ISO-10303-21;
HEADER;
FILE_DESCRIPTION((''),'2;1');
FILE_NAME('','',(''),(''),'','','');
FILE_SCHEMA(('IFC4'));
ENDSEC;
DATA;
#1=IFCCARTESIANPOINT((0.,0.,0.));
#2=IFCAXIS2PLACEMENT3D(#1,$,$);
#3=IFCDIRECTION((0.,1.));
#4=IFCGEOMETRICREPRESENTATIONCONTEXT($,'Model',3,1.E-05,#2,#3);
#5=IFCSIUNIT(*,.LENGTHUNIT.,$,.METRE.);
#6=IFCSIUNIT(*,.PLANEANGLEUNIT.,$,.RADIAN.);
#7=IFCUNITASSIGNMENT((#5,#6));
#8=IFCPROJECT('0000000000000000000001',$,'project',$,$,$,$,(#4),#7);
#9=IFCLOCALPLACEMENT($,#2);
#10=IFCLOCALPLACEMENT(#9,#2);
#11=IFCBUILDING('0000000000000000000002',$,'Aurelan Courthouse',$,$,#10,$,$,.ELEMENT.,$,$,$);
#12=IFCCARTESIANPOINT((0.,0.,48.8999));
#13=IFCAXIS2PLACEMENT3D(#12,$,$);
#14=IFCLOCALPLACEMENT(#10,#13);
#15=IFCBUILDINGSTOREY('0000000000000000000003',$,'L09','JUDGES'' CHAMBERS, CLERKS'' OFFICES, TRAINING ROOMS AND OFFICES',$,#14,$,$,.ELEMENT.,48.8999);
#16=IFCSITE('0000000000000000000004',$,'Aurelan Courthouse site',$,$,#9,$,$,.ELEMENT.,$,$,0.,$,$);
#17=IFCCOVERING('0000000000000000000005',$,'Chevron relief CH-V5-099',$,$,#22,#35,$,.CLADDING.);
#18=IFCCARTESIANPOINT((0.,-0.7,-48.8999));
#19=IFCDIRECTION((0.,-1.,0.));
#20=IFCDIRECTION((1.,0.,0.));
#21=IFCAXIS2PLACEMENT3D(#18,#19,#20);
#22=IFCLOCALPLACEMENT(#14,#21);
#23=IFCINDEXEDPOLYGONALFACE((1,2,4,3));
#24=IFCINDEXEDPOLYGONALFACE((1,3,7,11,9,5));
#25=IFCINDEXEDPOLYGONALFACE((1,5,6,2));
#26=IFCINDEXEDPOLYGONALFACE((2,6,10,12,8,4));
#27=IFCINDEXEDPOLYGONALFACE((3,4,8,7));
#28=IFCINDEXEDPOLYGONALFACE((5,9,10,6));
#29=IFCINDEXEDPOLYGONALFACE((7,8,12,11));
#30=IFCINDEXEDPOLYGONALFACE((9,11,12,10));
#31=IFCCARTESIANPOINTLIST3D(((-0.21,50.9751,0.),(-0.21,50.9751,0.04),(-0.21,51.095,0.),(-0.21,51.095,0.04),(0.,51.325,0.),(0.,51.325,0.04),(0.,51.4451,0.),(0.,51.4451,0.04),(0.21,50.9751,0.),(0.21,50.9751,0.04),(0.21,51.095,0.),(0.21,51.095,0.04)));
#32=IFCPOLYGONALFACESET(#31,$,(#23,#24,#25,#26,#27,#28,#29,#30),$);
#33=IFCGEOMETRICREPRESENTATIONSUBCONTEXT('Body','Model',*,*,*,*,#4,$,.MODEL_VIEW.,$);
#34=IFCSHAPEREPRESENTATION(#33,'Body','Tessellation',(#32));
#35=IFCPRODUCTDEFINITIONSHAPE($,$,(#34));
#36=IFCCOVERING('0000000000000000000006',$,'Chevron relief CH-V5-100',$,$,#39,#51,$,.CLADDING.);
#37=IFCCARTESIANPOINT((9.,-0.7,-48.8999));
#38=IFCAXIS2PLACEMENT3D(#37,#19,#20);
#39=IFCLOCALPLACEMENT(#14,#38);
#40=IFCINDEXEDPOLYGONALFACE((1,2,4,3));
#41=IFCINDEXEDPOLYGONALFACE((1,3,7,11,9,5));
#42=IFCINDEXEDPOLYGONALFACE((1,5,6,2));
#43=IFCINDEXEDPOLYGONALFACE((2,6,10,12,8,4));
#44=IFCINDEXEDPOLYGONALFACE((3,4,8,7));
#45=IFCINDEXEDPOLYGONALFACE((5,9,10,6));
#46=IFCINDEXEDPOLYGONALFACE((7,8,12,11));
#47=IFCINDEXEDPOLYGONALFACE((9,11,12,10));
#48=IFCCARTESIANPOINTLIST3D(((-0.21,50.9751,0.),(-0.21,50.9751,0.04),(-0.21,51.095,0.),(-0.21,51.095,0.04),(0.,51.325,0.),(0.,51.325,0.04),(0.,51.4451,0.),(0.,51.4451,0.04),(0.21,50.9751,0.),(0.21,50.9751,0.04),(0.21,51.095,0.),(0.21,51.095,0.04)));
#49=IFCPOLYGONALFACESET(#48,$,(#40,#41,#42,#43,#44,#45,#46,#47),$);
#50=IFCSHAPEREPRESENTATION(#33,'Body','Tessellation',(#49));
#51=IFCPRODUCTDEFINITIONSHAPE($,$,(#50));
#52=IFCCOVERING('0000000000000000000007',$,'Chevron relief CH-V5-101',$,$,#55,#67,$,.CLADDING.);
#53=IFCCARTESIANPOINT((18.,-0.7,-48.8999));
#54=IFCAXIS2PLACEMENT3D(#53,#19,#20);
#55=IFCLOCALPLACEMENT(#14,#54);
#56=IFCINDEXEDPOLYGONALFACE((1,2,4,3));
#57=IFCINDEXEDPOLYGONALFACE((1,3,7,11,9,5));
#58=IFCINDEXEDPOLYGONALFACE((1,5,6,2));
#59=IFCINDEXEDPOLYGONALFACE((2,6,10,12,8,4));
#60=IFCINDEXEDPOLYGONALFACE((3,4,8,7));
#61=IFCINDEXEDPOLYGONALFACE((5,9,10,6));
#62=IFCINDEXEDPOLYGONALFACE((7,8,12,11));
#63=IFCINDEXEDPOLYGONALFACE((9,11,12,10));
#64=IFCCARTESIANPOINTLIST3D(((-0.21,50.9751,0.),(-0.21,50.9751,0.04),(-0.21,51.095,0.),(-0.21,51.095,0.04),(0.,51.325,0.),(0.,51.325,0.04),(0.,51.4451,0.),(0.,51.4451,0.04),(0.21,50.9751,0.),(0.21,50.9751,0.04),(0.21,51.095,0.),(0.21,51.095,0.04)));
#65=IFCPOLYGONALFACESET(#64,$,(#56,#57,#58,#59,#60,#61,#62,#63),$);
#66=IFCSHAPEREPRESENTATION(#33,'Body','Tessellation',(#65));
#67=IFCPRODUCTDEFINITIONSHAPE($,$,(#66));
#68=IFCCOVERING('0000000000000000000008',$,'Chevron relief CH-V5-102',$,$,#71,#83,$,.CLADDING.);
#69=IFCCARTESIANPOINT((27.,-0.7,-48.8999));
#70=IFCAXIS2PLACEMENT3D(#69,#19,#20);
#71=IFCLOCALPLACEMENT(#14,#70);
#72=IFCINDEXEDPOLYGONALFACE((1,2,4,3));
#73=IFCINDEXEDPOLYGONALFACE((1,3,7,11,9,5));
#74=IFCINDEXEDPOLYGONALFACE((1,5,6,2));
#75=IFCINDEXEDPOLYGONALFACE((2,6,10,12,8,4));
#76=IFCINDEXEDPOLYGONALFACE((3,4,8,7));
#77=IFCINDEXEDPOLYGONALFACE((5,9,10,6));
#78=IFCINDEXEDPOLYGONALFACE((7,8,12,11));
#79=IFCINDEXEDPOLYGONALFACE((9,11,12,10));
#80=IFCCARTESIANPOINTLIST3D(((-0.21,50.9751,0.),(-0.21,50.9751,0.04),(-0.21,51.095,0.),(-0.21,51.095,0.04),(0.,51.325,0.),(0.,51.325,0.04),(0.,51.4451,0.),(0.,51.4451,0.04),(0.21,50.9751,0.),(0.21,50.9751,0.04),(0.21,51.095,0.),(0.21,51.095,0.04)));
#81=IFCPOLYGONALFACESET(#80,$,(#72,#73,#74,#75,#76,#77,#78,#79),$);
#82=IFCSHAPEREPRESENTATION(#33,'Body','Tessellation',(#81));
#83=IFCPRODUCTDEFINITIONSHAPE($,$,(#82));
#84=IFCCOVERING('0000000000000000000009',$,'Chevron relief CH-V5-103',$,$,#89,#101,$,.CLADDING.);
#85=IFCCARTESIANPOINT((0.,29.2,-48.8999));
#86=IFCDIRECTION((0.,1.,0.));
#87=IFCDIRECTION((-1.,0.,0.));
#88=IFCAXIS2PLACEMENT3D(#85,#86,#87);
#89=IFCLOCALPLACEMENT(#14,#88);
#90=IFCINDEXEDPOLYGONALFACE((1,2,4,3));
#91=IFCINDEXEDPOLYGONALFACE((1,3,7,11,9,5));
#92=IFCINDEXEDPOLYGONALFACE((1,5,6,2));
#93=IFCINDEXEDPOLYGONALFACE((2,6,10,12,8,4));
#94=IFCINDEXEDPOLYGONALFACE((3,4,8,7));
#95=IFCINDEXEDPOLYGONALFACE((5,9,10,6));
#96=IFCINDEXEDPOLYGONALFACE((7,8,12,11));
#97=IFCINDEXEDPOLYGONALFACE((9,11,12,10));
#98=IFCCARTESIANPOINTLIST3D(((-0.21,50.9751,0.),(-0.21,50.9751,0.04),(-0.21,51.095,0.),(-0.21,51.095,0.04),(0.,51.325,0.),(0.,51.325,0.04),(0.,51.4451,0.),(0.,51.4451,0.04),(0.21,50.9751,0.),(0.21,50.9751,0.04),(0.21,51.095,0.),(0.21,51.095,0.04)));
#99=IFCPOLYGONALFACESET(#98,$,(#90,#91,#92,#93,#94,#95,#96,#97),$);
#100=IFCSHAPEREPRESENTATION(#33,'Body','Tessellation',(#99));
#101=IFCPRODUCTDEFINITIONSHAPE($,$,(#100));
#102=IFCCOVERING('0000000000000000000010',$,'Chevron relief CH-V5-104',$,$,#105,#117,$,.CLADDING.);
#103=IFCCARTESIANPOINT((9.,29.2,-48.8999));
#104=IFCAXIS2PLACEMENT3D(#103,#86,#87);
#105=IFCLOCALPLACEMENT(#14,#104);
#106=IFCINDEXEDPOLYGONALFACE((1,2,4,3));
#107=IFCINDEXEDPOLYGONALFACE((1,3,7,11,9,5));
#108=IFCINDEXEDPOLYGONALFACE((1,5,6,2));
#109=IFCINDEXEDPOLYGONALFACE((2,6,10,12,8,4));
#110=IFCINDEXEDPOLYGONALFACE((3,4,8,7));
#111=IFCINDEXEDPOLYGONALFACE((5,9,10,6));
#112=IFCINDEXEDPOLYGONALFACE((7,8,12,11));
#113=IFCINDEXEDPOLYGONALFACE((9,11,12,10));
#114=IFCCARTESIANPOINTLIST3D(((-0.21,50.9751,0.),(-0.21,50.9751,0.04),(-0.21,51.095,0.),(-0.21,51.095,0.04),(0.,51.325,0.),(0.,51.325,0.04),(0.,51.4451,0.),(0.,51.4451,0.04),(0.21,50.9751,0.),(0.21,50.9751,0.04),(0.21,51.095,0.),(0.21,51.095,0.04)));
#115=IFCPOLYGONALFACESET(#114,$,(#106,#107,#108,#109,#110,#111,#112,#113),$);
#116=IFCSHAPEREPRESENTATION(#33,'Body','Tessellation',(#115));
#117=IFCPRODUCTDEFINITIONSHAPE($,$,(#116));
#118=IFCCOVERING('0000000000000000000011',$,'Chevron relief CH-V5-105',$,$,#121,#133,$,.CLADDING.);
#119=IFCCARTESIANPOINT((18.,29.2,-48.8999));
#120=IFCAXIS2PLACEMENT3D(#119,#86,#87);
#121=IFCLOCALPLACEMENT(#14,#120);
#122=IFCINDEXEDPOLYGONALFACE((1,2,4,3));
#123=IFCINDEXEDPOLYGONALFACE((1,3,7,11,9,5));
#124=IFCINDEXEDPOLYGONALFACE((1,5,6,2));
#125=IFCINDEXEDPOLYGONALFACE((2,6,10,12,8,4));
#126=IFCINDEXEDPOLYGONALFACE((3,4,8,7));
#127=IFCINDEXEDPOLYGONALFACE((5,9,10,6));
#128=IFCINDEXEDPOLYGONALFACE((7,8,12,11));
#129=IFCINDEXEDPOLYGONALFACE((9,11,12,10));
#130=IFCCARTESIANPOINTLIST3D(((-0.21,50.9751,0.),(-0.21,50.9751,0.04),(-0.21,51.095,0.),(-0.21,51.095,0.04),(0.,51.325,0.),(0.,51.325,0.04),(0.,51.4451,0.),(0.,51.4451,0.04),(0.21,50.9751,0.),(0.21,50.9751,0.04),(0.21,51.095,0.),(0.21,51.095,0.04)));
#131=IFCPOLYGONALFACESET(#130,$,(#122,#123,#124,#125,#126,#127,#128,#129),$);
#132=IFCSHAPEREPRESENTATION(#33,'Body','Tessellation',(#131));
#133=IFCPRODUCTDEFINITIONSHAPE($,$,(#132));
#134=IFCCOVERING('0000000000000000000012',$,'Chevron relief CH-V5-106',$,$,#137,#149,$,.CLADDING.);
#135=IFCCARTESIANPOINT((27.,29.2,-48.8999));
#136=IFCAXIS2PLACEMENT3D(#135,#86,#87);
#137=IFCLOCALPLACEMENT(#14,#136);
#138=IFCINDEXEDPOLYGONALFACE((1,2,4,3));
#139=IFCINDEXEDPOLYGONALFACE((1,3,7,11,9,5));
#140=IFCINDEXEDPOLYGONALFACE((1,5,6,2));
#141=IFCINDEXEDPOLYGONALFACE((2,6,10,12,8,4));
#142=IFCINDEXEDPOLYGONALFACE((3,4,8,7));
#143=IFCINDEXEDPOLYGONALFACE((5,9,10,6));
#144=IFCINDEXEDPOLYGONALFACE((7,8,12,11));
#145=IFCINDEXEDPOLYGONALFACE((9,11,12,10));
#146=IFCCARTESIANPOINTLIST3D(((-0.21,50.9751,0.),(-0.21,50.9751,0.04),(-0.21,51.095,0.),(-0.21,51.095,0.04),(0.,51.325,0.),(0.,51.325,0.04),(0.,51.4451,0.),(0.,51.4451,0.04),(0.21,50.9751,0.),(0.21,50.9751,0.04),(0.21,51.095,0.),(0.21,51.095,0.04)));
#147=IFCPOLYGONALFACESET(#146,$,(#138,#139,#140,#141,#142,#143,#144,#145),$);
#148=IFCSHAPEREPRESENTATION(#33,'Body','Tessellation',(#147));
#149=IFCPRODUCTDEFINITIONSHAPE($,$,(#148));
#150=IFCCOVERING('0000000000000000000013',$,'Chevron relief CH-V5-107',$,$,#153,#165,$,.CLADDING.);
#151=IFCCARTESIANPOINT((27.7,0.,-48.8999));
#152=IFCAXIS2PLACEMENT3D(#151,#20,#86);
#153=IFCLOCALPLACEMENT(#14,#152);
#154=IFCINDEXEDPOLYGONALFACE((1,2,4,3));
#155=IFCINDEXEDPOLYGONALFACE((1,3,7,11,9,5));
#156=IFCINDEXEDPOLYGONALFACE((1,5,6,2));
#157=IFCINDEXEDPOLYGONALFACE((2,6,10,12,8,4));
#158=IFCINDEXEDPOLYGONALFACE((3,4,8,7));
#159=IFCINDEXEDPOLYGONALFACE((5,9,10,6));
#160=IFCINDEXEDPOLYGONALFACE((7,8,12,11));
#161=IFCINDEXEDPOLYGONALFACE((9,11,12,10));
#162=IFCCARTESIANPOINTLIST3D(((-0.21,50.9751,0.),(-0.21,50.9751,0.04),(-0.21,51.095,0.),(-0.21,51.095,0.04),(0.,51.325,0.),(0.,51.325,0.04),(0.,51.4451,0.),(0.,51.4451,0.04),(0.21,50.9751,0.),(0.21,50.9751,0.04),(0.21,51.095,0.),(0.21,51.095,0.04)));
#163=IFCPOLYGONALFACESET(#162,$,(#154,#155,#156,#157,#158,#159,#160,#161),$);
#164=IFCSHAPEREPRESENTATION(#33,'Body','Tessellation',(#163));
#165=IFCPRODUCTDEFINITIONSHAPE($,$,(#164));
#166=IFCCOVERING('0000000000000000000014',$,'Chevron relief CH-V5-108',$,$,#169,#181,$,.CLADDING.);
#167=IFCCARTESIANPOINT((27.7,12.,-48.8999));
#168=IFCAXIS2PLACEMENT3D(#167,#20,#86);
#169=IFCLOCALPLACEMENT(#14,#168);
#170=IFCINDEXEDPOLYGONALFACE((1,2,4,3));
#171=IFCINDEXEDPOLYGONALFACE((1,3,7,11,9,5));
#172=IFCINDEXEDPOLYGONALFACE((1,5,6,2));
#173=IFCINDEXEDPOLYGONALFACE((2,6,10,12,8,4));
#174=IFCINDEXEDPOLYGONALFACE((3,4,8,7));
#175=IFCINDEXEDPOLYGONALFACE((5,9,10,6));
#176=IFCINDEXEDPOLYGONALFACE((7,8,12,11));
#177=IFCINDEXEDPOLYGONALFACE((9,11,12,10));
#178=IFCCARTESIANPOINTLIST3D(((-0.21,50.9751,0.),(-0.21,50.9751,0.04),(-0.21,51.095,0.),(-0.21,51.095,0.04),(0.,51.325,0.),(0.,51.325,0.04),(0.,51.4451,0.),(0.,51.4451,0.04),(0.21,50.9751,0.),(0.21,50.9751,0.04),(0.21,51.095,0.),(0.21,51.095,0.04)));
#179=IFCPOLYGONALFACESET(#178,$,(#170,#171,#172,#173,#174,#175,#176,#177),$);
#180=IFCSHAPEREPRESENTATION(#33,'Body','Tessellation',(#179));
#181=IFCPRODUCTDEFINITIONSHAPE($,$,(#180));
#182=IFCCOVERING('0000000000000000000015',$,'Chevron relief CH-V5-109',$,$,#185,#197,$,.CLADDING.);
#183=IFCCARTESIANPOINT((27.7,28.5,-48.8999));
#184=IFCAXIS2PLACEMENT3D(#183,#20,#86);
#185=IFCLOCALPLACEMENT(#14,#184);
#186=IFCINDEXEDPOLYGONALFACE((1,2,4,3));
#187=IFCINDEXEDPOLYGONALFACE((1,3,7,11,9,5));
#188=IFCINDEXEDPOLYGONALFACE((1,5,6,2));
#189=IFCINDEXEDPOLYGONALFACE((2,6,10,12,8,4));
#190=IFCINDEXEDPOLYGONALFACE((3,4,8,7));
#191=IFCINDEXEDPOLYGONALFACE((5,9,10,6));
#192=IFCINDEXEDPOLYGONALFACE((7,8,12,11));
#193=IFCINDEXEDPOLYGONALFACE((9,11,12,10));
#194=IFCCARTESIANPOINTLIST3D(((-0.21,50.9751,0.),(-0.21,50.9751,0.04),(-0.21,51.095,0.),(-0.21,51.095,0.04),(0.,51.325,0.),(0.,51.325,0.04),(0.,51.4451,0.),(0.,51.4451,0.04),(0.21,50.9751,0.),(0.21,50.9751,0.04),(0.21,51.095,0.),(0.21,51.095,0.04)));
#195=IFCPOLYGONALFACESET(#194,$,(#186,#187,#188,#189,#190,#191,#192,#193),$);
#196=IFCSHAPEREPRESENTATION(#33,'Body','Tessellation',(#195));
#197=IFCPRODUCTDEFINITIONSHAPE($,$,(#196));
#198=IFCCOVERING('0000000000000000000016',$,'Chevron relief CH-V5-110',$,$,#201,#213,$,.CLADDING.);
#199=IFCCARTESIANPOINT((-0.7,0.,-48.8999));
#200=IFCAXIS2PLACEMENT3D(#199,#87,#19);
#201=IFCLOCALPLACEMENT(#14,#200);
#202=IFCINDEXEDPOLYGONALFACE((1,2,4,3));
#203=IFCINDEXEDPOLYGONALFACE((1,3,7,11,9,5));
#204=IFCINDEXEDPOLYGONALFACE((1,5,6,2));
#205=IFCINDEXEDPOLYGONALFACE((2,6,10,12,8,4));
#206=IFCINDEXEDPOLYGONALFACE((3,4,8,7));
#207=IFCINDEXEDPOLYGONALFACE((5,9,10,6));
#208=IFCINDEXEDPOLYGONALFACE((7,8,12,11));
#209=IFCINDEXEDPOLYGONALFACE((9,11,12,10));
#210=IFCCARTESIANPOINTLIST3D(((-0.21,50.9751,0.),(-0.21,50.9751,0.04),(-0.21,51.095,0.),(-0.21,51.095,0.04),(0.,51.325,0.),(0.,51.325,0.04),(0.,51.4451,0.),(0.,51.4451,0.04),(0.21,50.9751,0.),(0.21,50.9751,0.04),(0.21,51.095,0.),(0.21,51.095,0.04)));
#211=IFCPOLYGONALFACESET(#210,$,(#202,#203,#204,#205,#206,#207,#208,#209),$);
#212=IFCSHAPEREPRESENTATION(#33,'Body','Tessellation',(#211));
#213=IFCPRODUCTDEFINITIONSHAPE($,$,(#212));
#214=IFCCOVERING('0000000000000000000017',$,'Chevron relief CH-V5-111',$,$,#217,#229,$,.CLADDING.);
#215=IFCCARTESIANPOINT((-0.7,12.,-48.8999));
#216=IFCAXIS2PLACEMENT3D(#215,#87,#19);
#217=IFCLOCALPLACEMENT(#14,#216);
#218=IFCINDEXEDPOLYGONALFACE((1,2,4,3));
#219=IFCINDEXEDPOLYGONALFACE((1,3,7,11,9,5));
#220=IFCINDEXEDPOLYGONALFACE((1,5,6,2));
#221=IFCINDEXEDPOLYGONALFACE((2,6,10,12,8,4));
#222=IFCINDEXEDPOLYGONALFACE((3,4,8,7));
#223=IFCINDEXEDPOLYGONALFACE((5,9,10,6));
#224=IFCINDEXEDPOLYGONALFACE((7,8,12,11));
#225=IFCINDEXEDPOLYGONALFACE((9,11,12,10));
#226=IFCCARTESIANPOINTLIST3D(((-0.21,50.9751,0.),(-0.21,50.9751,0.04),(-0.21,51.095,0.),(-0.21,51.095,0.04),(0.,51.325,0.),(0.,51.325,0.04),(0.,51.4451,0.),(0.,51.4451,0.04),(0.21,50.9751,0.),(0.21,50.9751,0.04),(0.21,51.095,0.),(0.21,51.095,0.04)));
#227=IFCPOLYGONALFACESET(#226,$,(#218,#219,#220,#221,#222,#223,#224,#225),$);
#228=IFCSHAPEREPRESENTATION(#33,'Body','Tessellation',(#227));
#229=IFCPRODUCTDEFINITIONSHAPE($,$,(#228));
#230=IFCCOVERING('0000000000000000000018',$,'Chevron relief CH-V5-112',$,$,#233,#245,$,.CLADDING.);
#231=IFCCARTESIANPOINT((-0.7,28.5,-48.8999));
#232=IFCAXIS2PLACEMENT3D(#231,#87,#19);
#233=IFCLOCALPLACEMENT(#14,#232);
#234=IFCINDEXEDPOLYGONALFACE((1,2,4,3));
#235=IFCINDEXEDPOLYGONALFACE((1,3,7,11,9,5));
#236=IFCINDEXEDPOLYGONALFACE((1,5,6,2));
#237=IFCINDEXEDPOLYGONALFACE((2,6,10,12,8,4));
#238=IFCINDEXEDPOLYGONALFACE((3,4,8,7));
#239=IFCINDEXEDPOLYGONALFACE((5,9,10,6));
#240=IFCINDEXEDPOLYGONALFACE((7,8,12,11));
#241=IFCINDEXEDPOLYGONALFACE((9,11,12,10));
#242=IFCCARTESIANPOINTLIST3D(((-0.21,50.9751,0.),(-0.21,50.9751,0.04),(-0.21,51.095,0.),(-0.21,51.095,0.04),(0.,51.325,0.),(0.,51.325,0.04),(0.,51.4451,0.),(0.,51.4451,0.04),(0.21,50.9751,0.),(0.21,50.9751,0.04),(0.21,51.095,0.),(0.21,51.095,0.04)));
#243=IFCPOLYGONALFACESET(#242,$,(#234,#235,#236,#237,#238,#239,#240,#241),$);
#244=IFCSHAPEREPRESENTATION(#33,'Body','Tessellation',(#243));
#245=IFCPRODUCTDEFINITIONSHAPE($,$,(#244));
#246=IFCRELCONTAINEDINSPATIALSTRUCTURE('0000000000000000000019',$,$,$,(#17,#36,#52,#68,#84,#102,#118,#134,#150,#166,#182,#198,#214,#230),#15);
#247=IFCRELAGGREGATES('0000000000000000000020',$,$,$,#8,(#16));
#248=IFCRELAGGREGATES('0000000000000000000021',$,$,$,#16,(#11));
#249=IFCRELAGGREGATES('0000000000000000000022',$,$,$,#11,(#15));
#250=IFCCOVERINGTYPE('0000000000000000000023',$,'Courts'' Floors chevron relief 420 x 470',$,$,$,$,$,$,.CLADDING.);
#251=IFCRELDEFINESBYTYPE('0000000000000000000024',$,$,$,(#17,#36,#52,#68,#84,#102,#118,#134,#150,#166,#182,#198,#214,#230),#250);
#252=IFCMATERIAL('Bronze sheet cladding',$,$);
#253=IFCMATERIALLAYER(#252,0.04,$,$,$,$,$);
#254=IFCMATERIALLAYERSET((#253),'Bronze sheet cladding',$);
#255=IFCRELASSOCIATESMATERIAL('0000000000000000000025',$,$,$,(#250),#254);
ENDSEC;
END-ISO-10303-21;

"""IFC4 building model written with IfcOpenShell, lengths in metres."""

from ifc_helpers import new_model, si_unit, direction, frame, origin, place, context, subcontext, project, spatial, polyline, outline, extrude, material, layer, layer_set, type_object, element, save


model = new_model("IFC4")

# Units and contexts
model_context = context("Model", 3, precision=1e-05, world=origin(), true_north=direction((0.0, 1.0)))
body_context = subcontext(model_context, "Body", "Model", "MODEL_VIEW")
ifc_project = project(units=[si_unit("LENGTHUNIT", "METRE"), si_unit("PLANEANGLEUNIT", "RADIAN")], contexts=[model_context])

# Site, building, storey
site_placement = place(None, origin())
site = spatial("IfcSite", under=ifc_project, at=site_placement, Name="Aurelan Courthouse site", CompositionType="ELEMENT", RefElevation=0.0)
building_placement = place(site_placement, origin())
building = spatial("IfcBuilding", under=site, at=building_placement, Name="Aurelan Courthouse", CompositionType="ELEMENT")
storey_placement = place(building_placement, frame((0.0, 0.0, 48.8999)))
storey = spatial("IfcBuildingStorey", under=building, at=storey_placement, Name="L09", Description="JUDGES' CHAMBERS, CLERKS' OFFICES, TRAINING ROOMS AND OFFICES", CompositionType="ELEMENT", Elevation=48.8999)

# Coverings
ifc_material_1 = material(Name="Bronze sheet cladding")
ifc_layer = layer(ifc_material_1, 0.04)
ifc_layer_set = layer_set([ifc_layer], Name="Bronze sheet cladding")
covering_type = type_object("IfcCoveringType", Name="Courts' Floors chevron relief 420 x 470", PredefinedType="CLADDING", material=ifc_layer_set)
for number, where, z_axis, x_axis, name in (
    (1, (0.0, -0.7, -48.8999), (0.0, -1.0, 0.0), (1.0, 0.0, 0.0), "Chevron relief CH-V5-099"),
    (2, (9.0, -0.7, -48.8999), (0.0, -1.0, 0.0), (1.0, 0.0, 0.0), "Chevron relief CH-V5-100"),
    (3, (18.0, -0.7, -48.8999), (0.0, -1.0, 0.0), (1.0, 0.0, 0.0), "Chevron relief CH-V5-101"),
    (4, (27.0, -0.7, -48.8999), (0.0, -1.0, 0.0), (1.0, 0.0, 0.0), "Chevron relief CH-V5-102"),
    (5, (0.0, 29.2, -48.8999), (0.0, 1.0, 0.0), (-1.0, 0.0, 0.0), "Chevron relief CH-V5-103"),
    (6, (9.0, 29.2, -48.8999), (0.0, 1.0, 0.0), (-1.0, 0.0, 0.0), "Chevron relief CH-V5-104"),
    (7, (18.0, 29.2, -48.8999), (0.0, 1.0, 0.0), (-1.0, 0.0, 0.0), "Chevron relief CH-V5-105"),
    (8, (27.0, 29.2, -48.8999), (0.0, 1.0, 0.0), (-1.0, 0.0, 0.0), "Chevron relief CH-V5-106"),
    (9, (27.7, 0.0, -48.8999), (1.0, 0.0, 0.0), (0.0, 1.0, 0.0), "Chevron relief CH-V5-107"),
    (10, (27.7, 12.0, -48.8999), (1.0, 0.0, 0.0), (0.0, 1.0, 0.0), "Chevron relief CH-V5-108"),
    (11, (27.7, 28.5, -48.8999), (1.0, 0.0, 0.0), (0.0, 1.0, 0.0), "Chevron relief CH-V5-109"),
    (12, (-0.7, 0.0, -48.8999), (-1.0, 0.0, 0.0), (0.0, -1.0, 0.0), "Chevron relief CH-V5-110"),
    (13, (-0.7, 12.0, -48.8999), (-1.0, 0.0, 0.0), (0.0, -1.0, 0.0), "Chevron relief CH-V5-111"),
    (14, (-0.7, 28.5, -48.8999), (-1.0, 0.0, 0.0), (0.0, -1.0, 0.0), "Chevron relief CH-V5-112"),
):
    element("IfcCovering", number, at=place(storey_placement, frame(where, z_axis=z_axis, x_axis=x_axis)), inside=storey, type_object=covering_type, Name=name, PredefinedType="CLADDING", context=body_context, shape_type="SweptSolid", body=[
        extrude(outline(polyline([(-0.21, 50.9751), (0.0, 51.325), (0.21, 50.9751), (0.21, 51.095), (0.0, 51.4451), (-0.21, 51.095), (-0.21, 50.9751)])), origin(), (0.0, 0.0, 1.0), 0.04),
    ])

save(model, "model.ifc")
